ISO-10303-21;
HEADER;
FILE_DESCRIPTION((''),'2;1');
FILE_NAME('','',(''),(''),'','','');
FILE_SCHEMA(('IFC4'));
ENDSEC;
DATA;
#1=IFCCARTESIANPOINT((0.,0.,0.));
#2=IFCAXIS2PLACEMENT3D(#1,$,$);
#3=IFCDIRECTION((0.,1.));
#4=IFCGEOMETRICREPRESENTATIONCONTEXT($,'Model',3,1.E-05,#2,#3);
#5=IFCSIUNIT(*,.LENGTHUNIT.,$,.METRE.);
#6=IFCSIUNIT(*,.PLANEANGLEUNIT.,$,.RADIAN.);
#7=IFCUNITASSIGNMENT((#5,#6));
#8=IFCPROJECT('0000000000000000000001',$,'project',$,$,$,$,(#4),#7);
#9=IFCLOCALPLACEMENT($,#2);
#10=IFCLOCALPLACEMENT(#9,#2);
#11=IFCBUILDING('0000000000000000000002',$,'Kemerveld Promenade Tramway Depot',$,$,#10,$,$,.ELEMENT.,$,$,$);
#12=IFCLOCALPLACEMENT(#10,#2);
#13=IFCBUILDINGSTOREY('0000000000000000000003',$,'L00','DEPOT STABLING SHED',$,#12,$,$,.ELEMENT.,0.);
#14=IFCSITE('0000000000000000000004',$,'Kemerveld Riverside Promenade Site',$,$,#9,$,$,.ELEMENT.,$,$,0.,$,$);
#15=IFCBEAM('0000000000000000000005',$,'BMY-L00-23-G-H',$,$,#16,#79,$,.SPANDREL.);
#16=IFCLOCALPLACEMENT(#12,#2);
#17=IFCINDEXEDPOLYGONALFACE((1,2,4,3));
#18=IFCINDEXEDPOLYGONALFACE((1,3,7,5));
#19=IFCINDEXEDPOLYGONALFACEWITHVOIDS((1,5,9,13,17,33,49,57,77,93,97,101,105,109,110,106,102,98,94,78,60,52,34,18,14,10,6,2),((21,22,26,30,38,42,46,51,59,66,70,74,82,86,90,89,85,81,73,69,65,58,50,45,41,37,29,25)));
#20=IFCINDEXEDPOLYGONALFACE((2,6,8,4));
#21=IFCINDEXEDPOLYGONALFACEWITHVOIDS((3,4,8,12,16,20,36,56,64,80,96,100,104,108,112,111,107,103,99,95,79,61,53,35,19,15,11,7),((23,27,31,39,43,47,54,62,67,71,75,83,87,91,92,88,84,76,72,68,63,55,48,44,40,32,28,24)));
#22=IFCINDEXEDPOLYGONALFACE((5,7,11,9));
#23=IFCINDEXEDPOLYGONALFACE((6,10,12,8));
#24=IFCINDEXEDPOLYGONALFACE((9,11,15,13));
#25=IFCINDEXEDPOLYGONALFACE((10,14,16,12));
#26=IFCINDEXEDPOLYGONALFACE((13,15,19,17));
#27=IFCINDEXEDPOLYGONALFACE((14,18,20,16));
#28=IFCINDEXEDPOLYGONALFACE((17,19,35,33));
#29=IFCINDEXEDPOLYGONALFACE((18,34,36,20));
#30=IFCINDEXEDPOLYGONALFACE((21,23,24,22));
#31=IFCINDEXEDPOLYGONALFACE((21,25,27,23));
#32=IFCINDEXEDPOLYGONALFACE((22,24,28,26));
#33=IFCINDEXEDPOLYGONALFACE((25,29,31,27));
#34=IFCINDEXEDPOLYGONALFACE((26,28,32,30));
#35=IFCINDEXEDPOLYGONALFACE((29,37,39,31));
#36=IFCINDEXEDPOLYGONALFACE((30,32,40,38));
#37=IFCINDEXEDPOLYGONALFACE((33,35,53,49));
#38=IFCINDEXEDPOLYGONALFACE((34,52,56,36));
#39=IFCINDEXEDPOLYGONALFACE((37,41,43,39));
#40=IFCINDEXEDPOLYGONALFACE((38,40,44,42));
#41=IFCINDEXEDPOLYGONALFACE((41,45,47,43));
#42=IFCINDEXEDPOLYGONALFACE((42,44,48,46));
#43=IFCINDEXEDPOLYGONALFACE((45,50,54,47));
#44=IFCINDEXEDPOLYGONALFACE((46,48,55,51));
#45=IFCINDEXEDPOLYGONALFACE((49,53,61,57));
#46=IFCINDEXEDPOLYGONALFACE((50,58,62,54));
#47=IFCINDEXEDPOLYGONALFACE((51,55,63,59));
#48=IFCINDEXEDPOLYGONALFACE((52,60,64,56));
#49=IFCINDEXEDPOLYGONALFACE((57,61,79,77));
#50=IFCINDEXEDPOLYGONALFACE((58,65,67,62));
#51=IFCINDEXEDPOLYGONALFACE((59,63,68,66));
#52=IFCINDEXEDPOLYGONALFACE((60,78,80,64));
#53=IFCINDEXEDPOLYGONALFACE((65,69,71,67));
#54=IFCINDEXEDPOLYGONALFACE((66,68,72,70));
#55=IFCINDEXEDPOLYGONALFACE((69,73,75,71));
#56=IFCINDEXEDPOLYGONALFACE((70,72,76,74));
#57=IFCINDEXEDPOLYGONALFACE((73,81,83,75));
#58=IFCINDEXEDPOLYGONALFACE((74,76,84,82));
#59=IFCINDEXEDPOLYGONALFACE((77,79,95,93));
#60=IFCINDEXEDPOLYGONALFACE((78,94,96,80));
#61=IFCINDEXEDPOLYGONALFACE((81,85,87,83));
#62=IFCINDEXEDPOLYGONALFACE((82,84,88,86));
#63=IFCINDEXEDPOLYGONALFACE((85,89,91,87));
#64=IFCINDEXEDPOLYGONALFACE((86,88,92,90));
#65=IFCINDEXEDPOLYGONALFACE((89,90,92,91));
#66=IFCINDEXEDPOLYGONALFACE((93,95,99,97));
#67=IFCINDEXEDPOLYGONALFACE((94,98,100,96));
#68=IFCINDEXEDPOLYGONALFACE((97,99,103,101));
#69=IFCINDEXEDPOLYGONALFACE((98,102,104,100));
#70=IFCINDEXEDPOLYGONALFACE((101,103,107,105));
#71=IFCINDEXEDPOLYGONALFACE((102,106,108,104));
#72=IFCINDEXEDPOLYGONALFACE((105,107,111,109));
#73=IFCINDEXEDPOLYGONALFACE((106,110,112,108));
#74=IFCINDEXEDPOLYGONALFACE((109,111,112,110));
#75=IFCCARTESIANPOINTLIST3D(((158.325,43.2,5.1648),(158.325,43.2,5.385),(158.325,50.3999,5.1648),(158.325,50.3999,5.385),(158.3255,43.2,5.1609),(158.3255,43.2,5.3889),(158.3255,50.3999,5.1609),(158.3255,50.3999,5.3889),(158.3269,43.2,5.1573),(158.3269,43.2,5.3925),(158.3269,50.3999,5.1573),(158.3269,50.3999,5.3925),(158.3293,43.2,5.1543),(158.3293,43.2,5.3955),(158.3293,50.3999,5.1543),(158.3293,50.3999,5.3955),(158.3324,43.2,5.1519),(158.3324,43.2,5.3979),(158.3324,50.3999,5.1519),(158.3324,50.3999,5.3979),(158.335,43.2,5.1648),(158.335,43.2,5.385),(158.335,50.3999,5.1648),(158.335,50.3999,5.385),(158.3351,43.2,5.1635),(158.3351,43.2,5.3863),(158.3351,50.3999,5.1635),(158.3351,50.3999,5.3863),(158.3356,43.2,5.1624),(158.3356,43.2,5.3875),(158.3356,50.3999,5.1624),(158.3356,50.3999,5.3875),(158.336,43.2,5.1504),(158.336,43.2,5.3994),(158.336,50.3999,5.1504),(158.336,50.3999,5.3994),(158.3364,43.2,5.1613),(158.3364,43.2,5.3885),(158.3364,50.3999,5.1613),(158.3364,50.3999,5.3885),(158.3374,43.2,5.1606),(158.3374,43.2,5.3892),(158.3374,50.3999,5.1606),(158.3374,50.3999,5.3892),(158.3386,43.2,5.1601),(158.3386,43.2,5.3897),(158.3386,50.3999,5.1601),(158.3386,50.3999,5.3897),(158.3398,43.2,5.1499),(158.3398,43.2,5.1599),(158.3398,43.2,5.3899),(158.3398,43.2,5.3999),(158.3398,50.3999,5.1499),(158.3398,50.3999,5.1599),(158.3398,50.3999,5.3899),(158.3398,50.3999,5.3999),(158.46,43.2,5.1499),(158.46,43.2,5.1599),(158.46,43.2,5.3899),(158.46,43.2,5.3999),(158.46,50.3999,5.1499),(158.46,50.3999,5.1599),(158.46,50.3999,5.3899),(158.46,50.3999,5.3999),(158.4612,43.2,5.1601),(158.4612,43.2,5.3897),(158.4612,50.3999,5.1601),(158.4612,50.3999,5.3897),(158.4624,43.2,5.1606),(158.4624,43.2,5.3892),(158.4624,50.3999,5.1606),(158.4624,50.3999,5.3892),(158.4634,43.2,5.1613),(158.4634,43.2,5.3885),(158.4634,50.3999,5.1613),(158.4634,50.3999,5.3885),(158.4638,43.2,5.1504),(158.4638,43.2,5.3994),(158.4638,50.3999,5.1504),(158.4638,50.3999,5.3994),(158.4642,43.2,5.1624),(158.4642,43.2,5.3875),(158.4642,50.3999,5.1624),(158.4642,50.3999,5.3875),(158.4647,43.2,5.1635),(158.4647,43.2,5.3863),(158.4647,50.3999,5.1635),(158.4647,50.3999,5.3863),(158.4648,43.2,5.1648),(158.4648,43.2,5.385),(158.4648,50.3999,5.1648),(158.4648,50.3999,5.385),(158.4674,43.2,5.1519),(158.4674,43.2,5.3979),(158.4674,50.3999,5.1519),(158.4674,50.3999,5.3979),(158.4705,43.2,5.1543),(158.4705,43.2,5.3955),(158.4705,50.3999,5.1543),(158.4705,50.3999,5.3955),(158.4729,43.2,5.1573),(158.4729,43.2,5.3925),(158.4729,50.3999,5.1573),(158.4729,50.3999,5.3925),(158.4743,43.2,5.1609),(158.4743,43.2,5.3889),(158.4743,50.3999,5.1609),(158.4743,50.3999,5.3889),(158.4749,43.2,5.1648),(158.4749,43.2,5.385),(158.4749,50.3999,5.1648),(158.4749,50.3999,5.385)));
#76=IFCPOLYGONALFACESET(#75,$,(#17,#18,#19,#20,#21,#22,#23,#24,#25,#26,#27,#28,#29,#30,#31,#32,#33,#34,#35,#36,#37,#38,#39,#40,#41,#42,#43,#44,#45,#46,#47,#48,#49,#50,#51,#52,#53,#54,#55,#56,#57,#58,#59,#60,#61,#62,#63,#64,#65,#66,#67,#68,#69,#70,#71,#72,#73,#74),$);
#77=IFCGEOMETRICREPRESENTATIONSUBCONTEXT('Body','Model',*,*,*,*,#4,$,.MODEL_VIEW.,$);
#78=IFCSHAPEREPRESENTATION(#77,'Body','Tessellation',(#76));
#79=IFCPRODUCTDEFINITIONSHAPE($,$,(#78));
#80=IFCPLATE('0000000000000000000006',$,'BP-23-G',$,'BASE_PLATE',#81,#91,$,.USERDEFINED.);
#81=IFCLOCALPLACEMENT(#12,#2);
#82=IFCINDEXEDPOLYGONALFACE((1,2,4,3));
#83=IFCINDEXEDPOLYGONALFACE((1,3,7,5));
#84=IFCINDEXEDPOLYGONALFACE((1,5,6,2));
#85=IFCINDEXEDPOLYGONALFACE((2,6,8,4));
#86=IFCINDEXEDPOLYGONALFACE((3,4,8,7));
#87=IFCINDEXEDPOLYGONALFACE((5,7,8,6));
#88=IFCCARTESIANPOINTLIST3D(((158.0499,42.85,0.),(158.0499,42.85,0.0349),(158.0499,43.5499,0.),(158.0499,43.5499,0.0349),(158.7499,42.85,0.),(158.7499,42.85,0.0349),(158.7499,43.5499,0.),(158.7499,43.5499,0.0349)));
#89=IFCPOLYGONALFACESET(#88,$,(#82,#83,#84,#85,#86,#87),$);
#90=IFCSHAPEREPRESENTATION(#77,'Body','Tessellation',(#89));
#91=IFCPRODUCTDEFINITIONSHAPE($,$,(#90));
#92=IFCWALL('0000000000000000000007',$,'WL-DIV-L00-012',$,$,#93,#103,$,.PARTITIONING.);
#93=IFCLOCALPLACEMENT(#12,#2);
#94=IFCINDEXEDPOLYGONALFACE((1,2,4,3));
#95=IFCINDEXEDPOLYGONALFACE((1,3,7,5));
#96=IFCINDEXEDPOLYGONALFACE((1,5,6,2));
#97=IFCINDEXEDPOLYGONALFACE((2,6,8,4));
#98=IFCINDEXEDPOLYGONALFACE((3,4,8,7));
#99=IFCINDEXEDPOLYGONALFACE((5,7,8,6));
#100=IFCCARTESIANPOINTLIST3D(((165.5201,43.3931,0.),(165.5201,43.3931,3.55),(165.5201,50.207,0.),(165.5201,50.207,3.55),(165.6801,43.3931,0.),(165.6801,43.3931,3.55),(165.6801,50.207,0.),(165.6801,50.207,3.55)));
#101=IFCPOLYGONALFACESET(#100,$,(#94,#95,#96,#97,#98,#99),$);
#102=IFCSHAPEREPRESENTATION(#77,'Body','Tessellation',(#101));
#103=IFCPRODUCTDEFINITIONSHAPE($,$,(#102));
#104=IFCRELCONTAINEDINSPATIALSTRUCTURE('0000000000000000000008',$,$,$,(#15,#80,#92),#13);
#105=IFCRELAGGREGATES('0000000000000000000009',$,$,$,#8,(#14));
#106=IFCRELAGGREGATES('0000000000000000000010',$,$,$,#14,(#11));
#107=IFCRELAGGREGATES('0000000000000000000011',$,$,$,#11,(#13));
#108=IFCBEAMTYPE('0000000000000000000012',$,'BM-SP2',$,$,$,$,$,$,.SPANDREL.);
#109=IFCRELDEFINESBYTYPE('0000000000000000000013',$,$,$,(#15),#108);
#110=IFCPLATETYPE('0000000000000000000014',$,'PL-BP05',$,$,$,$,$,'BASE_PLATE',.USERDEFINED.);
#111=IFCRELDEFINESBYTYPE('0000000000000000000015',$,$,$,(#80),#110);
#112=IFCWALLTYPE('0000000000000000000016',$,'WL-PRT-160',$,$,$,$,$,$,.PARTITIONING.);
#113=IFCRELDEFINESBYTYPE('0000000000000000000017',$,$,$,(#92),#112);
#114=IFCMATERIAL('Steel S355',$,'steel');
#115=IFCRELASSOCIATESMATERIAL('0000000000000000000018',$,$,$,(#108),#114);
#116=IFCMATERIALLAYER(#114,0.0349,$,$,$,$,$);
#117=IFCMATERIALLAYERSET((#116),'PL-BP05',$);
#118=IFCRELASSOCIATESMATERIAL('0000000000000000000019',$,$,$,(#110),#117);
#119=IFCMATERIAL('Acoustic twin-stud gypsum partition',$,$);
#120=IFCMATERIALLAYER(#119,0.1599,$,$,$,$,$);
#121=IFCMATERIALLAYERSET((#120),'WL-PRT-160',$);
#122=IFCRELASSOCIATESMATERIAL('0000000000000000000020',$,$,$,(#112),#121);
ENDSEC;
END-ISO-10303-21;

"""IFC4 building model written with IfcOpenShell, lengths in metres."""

from ifc_helpers import new_model, si_unit, direction, frame, frame_2d, origin, origin_2d, place, context, subcontext, project, spatial, rectangle, hollow_rectangle, extrude, material, layer, layer_set, material_profile, profile_set, type_object, element, save


model = new_model("IFC4")

# Units and contexts
model_context = context("Model", 3, precision=1e-05, world=origin(), true_north=direction((0.0, 1.0)))
body_context = subcontext(model_context, "Body", "Model", "MODEL_VIEW")
ifc_project = project(units=[si_unit("LENGTHUNIT", "METRE"), si_unit("PLANEANGLEUNIT", "RADIAN")], contexts=[model_context])

# Site, building, storey
site_placement = place(None, origin())
site = spatial("IfcSite", under=ifc_project, at=site_placement, Name="Kemerveld Riverside Promenade Site", CompositionType="ELEMENT", RefElevation=0.0)
building_placement = place(site_placement, origin())
building = spatial("IfcBuilding", under=site, at=building_placement, Name="Kemerveld Promenade Tramway Depot", CompositionType="ELEMENT")
storey_placement = place(building_placement, origin())
storey = spatial("IfcBuildingStorey", under=building, at=storey_placement, Name="L00", Description="DEPOT STABLING SHED", CompositionType="ELEMENT", Elevation=0.0)

# Shared definitions
ifc_material_1 = material(Name="Steel S355", Category="steel")

# Beam
ifc_material_profile_1 = material_profile(ifc_material_1, hollow_rectangle(XDim=0.1499, YDim=0.25, WallThickness=0.01, InnerFilletRadius=0.0049, OuterFilletRadius=0.0149, at=origin_2d()), Name="250x150x10.0 RHS")
ifc_profile_set_1 = profile_set([ifc_material_profile_1], Name="Steel S355")
beam_type_1 = type_object("IfcBeamType", Name="BM-SP2", PredefinedType="SPANDREL", material=ifc_profile_set_1)
beam_1_placement = place(storey_placement, frame((158.3999, 43.2, 5.2749), z_axis=(0.0, 1.0, 0.0), x_axis=(-1.0, 0.0, 0.0)))
element("IfcBeam", 1, at=beam_1_placement, inside=storey, type_object=beam_type_1, Name="BMY-L00-23-G-H", PredefinedType="SPANDREL", context=body_context, shape_type="SweptSolid", body=[
    extrude(hollow_rectangle(XDim=0.1499, YDim=0.25, WallThickness=0.01, InnerFilletRadius=0.0049, OuterFilletRadius=0.0149, at=origin_2d()), origin(), (0.0, 0.0, 1.0), 7.2),
])

# Plate
ifc_layer_1 = layer(ifc_material_1, 0.0349)
ifc_layer_set_1 = layer_set([ifc_layer_1], Name="PL-BP05")
plate_type = type_object("IfcPlateType", Name="PL-BP05", ElementType="BASE_PLATE", PredefinedType="USERDEFINED", material=ifc_layer_set_1)
plate_placement = place(storey_placement, frame((158.3999, 43.2, 0.0), z_axis=(0.0, 0.0, 1.0), x_axis=(1.0, 0.0, 0.0)))
element("IfcPlate", 2, at=plate_placement, inside=storey, type_object=plate_type, Name="BP-23-G", ObjectType="BASE_PLATE", PredefinedType="USERDEFINED", context=body_context, shape_type="SweptSolid", body=[
    extrude(rectangle(XDim=0.7, YDim=0.7, at=origin_2d()), origin(), (0.0, 0.0, 1.0), 0.0349),
])

# Wall
ifc_material_2 = material(Name="Acoustic twin-stud gypsum partition")
ifc_layer_2 = layer(ifc_material_2, 0.1599)
ifc_layer_set_2 = layer_set([ifc_layer_2], Name="WL-PRT-160")
wall_type = type_object("IfcWallType", Name="WL-PRT-160", PredefinedType="PARTITIONING", material=ifc_layer_set_2)
wall_placement = place(storey_placement, frame((165.6001, 43.3931, 0.0), z_axis=(0.0, 0.0, 1.0), x_axis=(0.0, 1.0, 0.0)))
element("IfcWall", 3, at=wall_placement, inside=storey, type_object=wall_type, Name="WL-DIV-L00-012", PredefinedType="PARTITIONING", context=body_context, shape_type="SweptSolid", body=[
    extrude(rectangle(XDim=6.814, YDim=0.1599, at=frame_2d((3.407, 0.0))), origin(), (0.0, 0.0, 1.0), 3.55),
])

save(model, "model.ifc")
